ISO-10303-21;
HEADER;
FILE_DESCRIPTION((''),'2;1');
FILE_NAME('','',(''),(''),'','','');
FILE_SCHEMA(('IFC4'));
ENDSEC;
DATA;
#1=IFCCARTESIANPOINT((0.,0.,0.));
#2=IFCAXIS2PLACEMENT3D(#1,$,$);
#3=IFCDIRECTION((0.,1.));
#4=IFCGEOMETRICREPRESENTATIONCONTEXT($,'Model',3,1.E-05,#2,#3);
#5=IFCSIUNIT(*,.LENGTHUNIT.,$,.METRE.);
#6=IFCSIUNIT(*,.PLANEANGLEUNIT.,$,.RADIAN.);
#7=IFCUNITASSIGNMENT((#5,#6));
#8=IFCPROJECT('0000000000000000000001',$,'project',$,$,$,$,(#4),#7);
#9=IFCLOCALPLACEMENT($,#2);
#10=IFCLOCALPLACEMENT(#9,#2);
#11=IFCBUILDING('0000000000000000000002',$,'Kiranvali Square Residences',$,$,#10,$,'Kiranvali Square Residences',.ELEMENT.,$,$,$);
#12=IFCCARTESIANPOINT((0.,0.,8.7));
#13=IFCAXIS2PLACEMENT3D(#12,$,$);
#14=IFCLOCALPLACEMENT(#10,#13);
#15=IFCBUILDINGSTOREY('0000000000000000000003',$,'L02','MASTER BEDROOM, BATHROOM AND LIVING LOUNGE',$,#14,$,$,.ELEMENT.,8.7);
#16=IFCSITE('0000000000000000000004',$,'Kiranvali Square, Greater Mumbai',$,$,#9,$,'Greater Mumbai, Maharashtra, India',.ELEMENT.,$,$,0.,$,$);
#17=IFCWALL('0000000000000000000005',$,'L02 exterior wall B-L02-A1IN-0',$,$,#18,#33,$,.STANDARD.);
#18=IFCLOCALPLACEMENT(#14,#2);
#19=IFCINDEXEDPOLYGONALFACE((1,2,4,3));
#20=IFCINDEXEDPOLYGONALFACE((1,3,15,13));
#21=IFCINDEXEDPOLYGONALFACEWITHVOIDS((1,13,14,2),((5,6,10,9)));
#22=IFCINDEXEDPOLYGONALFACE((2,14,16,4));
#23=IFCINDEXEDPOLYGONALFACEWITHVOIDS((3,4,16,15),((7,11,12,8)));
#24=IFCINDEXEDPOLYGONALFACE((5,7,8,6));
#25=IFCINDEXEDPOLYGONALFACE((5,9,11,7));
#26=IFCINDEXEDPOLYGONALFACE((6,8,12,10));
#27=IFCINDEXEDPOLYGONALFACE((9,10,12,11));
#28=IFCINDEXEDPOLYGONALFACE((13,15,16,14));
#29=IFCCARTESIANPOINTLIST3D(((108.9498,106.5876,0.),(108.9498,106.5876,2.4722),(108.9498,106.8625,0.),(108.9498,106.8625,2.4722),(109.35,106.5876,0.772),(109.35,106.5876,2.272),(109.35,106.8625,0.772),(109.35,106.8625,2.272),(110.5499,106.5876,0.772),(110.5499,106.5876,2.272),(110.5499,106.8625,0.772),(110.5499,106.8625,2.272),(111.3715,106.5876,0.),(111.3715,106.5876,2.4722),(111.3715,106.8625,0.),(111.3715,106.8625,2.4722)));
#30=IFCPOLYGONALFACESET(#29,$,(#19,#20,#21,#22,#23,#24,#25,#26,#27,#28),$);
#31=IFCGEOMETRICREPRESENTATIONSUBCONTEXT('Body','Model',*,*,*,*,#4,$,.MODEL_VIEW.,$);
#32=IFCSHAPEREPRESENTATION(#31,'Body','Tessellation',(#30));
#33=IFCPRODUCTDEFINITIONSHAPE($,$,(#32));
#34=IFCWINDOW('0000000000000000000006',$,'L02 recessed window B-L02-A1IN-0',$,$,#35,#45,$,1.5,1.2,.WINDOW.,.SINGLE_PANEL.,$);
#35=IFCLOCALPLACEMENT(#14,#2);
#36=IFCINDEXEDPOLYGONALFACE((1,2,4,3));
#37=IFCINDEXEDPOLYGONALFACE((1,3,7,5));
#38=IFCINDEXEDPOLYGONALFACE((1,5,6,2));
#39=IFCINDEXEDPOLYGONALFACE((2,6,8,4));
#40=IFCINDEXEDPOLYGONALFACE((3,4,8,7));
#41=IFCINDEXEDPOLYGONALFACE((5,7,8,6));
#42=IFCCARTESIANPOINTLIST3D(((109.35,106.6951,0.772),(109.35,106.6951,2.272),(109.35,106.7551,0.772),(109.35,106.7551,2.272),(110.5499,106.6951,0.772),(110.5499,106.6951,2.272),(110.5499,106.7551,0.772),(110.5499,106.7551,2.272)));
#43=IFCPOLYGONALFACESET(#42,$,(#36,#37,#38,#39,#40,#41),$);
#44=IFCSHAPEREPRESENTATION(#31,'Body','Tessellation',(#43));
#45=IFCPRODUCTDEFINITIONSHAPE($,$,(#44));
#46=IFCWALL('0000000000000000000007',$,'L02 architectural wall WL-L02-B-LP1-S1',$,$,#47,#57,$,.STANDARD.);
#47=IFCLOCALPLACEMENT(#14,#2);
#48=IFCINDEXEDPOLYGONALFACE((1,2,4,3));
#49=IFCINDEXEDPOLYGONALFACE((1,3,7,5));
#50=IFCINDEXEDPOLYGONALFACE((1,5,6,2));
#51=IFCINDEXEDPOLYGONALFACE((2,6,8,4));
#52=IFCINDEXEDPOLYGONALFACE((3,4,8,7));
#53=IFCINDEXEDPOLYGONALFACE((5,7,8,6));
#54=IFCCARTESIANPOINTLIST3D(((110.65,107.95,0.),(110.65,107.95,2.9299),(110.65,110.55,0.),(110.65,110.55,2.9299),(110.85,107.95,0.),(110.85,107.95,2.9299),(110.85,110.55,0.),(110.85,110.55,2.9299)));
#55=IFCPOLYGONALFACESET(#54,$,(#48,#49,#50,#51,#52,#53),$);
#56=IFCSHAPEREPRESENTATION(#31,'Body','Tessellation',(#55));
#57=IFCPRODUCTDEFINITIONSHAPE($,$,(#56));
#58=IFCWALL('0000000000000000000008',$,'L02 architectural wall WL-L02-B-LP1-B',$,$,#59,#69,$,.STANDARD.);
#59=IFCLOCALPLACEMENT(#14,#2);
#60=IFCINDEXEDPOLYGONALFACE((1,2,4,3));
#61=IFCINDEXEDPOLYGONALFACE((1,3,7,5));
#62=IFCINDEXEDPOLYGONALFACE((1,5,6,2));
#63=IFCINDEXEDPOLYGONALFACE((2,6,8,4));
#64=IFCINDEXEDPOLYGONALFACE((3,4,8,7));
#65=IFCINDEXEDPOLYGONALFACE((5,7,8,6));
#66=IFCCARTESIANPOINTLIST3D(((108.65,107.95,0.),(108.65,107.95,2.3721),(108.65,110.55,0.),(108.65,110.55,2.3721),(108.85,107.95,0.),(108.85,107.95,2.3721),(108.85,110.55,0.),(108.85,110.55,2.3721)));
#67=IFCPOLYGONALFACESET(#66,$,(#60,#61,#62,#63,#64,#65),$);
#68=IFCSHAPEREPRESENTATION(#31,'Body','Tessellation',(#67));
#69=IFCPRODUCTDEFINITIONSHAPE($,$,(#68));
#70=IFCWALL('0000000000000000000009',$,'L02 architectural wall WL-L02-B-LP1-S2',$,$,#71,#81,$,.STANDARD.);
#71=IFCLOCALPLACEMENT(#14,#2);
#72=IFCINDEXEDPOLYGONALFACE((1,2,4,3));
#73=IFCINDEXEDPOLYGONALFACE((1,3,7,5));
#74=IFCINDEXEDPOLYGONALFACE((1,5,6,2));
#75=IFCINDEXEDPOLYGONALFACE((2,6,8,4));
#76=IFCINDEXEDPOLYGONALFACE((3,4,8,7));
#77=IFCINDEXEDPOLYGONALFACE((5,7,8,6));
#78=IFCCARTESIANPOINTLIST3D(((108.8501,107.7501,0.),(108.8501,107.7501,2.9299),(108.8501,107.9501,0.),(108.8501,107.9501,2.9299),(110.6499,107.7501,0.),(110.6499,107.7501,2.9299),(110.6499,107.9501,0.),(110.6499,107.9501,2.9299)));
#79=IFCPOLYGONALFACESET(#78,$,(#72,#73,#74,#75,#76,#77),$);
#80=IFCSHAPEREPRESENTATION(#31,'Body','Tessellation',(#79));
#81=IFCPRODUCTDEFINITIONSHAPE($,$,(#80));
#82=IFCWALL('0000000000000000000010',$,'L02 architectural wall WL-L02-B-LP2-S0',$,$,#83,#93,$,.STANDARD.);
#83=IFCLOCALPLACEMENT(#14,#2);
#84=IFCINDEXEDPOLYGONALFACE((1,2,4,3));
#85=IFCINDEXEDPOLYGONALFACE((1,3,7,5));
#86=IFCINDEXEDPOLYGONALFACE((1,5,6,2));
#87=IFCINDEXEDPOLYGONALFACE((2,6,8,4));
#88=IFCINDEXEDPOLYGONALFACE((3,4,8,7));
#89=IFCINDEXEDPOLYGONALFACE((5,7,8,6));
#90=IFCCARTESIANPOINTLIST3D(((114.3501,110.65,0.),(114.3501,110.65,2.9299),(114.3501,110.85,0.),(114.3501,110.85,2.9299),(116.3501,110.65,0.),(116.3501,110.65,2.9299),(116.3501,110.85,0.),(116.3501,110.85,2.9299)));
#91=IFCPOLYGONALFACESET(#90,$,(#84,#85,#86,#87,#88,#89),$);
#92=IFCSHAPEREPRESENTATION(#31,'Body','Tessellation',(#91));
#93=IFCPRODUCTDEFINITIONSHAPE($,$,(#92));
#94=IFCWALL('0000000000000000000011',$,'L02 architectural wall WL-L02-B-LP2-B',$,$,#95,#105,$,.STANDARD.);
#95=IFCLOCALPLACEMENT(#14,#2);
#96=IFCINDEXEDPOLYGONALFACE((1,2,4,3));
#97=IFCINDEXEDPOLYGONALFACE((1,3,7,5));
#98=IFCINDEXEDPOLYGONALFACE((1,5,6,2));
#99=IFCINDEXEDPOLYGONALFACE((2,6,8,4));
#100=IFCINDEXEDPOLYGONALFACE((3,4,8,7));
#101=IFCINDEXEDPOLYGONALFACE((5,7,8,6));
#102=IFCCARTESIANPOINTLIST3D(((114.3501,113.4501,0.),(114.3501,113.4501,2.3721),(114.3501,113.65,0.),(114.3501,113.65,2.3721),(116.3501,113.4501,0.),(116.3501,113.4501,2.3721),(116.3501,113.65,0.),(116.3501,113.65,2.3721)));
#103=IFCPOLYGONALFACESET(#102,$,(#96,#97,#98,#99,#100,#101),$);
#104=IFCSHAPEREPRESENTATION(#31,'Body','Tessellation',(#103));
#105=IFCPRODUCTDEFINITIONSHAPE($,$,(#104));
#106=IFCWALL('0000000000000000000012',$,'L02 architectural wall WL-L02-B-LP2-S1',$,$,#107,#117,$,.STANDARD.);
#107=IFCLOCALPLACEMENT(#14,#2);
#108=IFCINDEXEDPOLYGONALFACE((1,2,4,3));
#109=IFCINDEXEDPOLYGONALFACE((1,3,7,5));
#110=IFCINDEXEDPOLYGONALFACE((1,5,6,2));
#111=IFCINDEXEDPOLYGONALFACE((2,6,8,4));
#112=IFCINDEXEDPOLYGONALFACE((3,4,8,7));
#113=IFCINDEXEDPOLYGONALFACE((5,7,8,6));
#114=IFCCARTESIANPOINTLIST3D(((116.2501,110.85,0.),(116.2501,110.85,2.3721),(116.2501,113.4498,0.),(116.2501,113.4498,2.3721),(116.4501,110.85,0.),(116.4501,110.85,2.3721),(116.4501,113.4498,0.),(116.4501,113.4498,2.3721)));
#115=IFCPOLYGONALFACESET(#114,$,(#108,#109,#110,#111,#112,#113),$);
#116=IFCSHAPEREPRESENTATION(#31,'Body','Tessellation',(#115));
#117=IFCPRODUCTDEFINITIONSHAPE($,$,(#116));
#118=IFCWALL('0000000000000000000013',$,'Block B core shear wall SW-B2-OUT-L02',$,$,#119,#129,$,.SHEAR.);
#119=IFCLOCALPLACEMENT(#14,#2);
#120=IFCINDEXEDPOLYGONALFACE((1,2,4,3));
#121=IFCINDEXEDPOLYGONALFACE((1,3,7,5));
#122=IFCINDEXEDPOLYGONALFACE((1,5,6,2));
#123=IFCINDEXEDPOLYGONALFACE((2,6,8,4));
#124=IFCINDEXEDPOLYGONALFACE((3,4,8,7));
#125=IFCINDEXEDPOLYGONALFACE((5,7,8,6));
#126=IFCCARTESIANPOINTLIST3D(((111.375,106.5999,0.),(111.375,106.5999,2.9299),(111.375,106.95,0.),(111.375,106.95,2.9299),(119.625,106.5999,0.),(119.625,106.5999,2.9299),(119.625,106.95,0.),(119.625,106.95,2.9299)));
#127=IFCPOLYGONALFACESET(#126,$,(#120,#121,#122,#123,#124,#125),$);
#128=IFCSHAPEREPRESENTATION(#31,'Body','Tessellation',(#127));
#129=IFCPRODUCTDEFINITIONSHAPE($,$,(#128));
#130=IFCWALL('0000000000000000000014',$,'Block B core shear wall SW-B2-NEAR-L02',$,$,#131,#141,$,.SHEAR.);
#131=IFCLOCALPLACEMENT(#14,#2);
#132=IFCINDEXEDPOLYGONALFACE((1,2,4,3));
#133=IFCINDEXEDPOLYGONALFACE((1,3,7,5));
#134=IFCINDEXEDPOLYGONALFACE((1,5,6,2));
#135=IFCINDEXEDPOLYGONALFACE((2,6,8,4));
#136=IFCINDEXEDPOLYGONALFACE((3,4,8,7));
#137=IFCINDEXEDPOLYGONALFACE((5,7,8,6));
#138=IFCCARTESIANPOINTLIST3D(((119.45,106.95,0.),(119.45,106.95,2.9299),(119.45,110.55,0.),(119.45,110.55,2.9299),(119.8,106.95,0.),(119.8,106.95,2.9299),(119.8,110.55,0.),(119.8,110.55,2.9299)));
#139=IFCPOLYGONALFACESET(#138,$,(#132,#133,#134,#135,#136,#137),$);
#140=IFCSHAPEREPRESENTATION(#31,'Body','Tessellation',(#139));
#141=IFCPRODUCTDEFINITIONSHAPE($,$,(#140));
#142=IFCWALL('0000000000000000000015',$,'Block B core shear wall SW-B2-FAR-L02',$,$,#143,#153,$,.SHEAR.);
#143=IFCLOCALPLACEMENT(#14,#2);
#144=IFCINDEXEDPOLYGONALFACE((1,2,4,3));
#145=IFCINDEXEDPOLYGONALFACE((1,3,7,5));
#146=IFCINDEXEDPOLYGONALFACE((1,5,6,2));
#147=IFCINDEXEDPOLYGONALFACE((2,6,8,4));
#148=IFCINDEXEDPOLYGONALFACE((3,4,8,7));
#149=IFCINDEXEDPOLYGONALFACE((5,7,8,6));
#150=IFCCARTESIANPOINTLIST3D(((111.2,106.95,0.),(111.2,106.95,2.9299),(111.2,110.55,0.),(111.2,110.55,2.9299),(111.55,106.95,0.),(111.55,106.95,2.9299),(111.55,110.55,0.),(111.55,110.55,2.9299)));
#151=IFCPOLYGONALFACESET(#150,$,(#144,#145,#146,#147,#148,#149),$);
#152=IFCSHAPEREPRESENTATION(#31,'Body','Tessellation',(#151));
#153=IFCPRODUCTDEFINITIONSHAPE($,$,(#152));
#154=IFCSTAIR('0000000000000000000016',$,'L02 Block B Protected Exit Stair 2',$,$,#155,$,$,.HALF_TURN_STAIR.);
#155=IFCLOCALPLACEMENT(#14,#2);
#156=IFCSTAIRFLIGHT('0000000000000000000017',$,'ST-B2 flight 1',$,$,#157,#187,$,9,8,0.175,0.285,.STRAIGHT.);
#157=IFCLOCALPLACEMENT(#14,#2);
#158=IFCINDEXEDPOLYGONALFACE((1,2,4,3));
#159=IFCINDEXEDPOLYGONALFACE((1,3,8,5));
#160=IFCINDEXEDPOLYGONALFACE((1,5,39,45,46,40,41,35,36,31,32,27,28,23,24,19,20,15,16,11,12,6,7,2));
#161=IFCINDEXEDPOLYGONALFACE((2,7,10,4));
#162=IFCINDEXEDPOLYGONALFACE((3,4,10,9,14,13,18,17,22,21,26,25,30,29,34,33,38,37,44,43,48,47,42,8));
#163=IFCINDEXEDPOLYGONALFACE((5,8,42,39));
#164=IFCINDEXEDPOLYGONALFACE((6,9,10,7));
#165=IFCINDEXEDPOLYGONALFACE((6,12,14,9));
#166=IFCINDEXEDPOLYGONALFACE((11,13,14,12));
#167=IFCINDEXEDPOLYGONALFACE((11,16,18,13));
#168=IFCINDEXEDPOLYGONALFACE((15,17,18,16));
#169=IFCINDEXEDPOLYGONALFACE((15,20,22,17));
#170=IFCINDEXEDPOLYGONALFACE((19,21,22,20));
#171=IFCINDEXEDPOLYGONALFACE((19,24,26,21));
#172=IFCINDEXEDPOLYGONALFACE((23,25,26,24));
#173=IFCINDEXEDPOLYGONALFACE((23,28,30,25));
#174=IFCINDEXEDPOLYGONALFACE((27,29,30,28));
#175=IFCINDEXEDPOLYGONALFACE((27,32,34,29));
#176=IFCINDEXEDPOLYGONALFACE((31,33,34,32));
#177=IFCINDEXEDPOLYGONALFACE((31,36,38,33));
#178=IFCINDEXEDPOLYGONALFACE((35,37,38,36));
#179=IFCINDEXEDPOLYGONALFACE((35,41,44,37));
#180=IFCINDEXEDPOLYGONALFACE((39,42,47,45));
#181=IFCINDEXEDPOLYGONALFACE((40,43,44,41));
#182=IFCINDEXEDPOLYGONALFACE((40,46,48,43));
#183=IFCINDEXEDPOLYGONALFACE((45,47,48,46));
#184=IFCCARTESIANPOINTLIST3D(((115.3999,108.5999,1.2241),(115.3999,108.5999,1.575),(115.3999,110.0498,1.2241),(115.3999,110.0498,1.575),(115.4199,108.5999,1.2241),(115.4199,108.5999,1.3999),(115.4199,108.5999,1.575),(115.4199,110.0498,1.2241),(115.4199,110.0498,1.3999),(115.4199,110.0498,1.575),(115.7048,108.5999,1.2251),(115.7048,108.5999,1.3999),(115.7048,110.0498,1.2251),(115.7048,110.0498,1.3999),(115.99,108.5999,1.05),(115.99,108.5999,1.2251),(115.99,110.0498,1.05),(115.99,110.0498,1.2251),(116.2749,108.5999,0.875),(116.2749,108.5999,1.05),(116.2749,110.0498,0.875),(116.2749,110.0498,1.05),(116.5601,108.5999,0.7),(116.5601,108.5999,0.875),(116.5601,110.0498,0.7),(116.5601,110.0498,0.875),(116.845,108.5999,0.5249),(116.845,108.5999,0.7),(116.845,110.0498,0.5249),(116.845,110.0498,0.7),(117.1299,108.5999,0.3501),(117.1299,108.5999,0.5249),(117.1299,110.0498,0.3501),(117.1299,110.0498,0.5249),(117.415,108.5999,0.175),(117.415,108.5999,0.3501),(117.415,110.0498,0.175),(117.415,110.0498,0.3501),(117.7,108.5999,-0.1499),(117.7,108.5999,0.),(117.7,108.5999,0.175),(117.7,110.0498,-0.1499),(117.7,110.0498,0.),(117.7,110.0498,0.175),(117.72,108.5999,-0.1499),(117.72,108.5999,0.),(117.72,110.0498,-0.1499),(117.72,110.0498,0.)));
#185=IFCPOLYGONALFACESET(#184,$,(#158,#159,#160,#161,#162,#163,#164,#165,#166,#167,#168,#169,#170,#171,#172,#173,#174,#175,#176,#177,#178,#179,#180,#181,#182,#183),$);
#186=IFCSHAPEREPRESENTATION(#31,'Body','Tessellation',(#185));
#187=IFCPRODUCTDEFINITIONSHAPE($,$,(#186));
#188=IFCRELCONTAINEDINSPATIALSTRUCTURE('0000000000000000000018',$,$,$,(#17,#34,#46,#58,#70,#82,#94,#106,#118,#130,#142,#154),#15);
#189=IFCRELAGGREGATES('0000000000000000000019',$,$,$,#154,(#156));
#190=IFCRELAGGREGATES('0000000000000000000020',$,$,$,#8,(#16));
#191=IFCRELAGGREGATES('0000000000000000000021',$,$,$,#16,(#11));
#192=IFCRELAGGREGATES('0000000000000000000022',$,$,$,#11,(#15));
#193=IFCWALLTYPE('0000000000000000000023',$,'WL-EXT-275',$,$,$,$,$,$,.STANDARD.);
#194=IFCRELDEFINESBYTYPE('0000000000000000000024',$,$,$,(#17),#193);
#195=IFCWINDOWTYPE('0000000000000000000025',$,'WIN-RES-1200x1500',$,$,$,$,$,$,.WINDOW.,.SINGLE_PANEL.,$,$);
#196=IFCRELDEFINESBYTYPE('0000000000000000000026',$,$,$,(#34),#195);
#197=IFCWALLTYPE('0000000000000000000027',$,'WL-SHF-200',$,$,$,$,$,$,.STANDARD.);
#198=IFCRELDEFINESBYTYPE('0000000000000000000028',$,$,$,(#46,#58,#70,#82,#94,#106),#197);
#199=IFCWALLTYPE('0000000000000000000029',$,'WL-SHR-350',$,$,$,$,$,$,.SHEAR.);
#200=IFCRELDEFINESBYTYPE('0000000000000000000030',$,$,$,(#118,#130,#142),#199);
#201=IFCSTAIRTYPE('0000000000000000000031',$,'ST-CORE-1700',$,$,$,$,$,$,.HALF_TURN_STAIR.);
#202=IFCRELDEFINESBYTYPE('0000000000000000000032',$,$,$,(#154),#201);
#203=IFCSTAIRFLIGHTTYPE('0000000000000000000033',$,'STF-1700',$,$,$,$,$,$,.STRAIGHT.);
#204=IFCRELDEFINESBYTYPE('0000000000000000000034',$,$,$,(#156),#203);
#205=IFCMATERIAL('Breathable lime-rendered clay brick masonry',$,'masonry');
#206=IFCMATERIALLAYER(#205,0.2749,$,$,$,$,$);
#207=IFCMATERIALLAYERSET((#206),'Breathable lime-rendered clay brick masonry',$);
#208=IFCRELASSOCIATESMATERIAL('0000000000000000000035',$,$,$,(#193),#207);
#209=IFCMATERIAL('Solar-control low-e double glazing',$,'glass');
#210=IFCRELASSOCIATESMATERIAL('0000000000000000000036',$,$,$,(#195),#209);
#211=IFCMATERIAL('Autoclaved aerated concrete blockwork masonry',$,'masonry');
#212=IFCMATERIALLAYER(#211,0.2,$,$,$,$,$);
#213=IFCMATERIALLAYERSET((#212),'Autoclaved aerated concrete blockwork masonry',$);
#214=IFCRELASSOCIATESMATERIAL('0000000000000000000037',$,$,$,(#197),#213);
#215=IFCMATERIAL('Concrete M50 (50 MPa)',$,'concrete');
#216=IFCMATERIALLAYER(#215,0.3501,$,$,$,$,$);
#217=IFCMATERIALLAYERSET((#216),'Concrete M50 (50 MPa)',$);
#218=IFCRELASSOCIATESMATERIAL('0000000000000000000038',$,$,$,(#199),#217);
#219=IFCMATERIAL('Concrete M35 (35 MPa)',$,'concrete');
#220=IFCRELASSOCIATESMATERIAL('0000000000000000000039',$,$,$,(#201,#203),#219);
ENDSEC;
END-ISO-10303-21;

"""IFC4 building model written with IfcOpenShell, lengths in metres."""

from ifc_helpers import new_model, si_unit, direction, frame, frame_2d, origin, place, context, subcontext, project, spatial, polyline, rectangle, outline, extrude, material, layer, layer_set, type_object, element, fill, aggregate, save


model = new_model("IFC4")

# Units and contexts
model_context = context("Model", 3, precision=1e-05, world=origin(), true_north=direction((0.0, 1.0)))
body_context = subcontext(model_context, "Body", "Model", "MODEL_VIEW")
ifc_project = project(units=[si_unit("LENGTHUNIT", "METRE"), si_unit("PLANEANGLEUNIT", "RADIAN")], contexts=[model_context])

# Site, building, storey
site_placement = place(None, origin())
site = spatial("IfcSite", under=ifc_project, at=site_placement, Name="Kiranvali Square, Greater Mumbai", LongName="Greater Mumbai, Maharashtra, India", CompositionType="ELEMENT", RefElevation=0.0)
building_placement = place(site_placement, origin())
building = spatial("IfcBuilding", under=site, at=building_placement, Name="Kiranvali Square Residences", LongName="Kiranvali Square Residences", CompositionType="ELEMENT")
storey_placement = place(building_placement, frame((0.0, 0.0, 8.7)))
storey = spatial("IfcBuildingStorey", under=building, at=storey_placement, Name="L02", Description="MASTER BEDROOM, BATHROOM AND LIVING LOUNGE", CompositionType="ELEMENT", Elevation=8.7)

# Shared definitions
ifc_material_1 = material(Name="Autoclaved aerated concrete blockwork masonry", Category="masonry")

# Wall, opening, window
ifc_material_2 = material(Name="Breathable lime-rendered clay brick masonry", Category="masonry")
ifc_layer_1 = layer(ifc_material_2, 0.2749)
ifc_layer_set_1 = layer_set([ifc_layer_1], Name="Breathable lime-rendered clay brick masonry")
wall_type_1 = type_object("IfcWallType", Name="WL-EXT-275", PredefinedType="STANDARD", material=ifc_layer_set_1)
wall_1_placement = place(storey_placement, frame((111.3716, 106.7251, 0.0), z_axis=(0.0, 0.0, 1.0), x_axis=(-1.0, 0.0, 0.0)))
wall_1 = element("IfcWall", 1, at=wall_1_placement, inside=storey, type_object=wall_type_1, Name="L02 exterior wall B-L02-A1IN-0", PredefinedType="STANDARD", context=body_context, shape_type="SweptSolid", body=[
    extrude(rectangle(XDim=2.4216, YDim=0.2749, at=frame_2d((1.2109, 0.0))), origin(), (0.0, 0.0, 1.0), 2.4722),
])
opening_1_placement = place(wall_1_placement, frame((0.8215, 0.0, 0.772)))
opening_1 = element("IfcOpeningElement", 2, at=opening_1_placement, cuts=wall_1, PredefinedType="OPENING", context=body_context, shape_type="SweptSolid", body=[
    extrude(rectangle(XDim=1.2, YDim=1.5, at=frame_2d((0.6001, 0.75))), frame((0.0, 0.1475, 0.0), z_axis=(0.0, -1.0, 0.0), x_axis=(1.0, 0.0, 0.0)), (0.0, 0.0, 1.0), 0.2949),
])
ifc_material_3 = material(Name="Solar-control low-e double glazing", Category="glass")
window_type = type_object("IfcWindowType", Name="WIN-RES-1200x1500", PartitioningType="SINGLE_PANEL", PredefinedType="WINDOW", material=ifc_material_3)
window_placement = place(opening_1_placement, origin())
window = element("IfcWindow", 3, at=window_placement, inside=storey, type_object=window_type, Name="L02 recessed window B-L02-A1IN-0", OverallHeight=1.5, OverallWidth=1.2, PartitioningType="SINGLE_PANEL", PredefinedType="WINDOW", context=body_context, shape_type="SweptSolid", body=[
    extrude(rectangle(XDim=1.2, YDim=1.5, at=frame_2d((0.6001, 0.75))), frame((0.0, 0.03, 0.0), z_axis=(0.0, -1.0, 0.0), x_axis=(1.0, 0.0, 0.0)), (0.0, 0.0, 1.0), 0.0601),
])
fill(opening_1, window)

# Walls
ifc_layer_2 = layer(ifc_material_1, 0.2)
ifc_layer_set_2 = layer_set([ifc_layer_2], Name="Autoclaved aerated concrete blockwork masonry")
wall_type_2 = type_object("IfcWallType", Name="WL-SHF-200", PredefinedType="STANDARD", material=ifc_layer_set_2)
wall_2_placement = place(storey_placement, frame((110.75, 107.95, 0.0), z_axis=(0.0, 0.0, 1.0), x_axis=(0.0, 1.0, 0.0)))
element("IfcWall", 4, at=wall_2_placement, inside=storey, type_object=wall_type_2, Name="L02 architectural wall WL-L02-B-LP1-S1", PredefinedType="STANDARD", context=body_context, shape_type="SweptSolid", body=[
    extrude(rectangle(XDim=2.6001, YDim=0.2, at=frame_2d((1.3, 0.0))), origin(), (0.0, 0.0, 1.0), 2.9299),
])
wall_3_placement = place(storey_placement, frame((108.75, 107.95, 0.0), z_axis=(0.0, 0.0, 1.0), x_axis=(0.0, 1.0, 0.0)))
element("IfcWall", 5, at=wall_3_placement, inside=storey, type_object=wall_type_2, Name="L02 architectural wall WL-L02-B-LP1-B", PredefinedType="STANDARD", context=body_context, shape_type="SweptSolid", body=[
    extrude(rectangle(XDim=2.6001, YDim=0.2, at=frame_2d((1.3, 0.0))), origin(), (0.0, 0.0, 1.0), 2.3721),
])
wall_4_placement = place(storey_placement, frame((110.6499, 107.8501, 0.0), z_axis=(0.0, 0.0, 1.0), x_axis=(-1.0, 0.0, 0.0)))
element("IfcWall", 6, at=wall_4_placement, inside=storey, type_object=wall_type_2, Name="L02 architectural wall WL-L02-B-LP1-S2", PredefinedType="STANDARD", context=body_context, shape_type="SweptSolid", body=[
    extrude(rectangle(XDim=1.7998, YDim=0.2, at=frame_2d((0.8999, 0.0))), origin(), (0.0, 0.0, 1.0), 2.9299),
])

# Walls
wall_5_placement = place(storey_placement, frame((116.3501, 110.75, 0.0), z_axis=(0.0, 0.0, 1.0), x_axis=(-1.0, 0.0, 0.0)))
element("IfcWall", 7, at=wall_5_placement, inside=storey, type_object=wall_type_2, Name="L02 architectural wall WL-L02-B-LP2-S0", PredefinedType="STANDARD", context=body_context, shape_type="SweptSolid", body=[
    extrude(rectangle(XDim=2.0, YDim=0.2, at=frame_2d((1.0, 0.0))), origin(), (0.0, 0.0, 1.0), 2.9299),
])
wall_6_placement = place(storey_placement, frame((116.3501, 113.55, 0.0), z_axis=(0.0, 0.0, 1.0), x_axis=(-1.0, 0.0, 0.0)))
element("IfcWall", 8, at=wall_6_placement, inside=storey, type_object=wall_type_2, Name="L02 architectural wall WL-L02-B-LP2-B", PredefinedType="STANDARD", context=body_context, shape_type="SweptSolid", body=[
    extrude(rectangle(XDim=2.0, YDim=0.2, at=frame_2d((1.0, 0.0))), origin(), (0.0, 0.0, 1.0), 2.3721),
])
wall_7_placement = place(storey_placement, frame((116.3501, 110.8501, 0.0), z_axis=(0.0, 0.0, 1.0), x_axis=(0.0, 1.0, 0.0)))
element("IfcWall", 9, at=wall_7_placement, inside=storey, type_object=wall_type_2, Name="L02 architectural wall WL-L02-B-LP2-S1", PredefinedType="STANDARD", context=body_context, shape_type="SweptSolid", body=[
    extrude(rectangle(XDim=2.5999, YDim=0.2, at=frame_2d((1.2998, 0.0))), origin(), (0.0, 0.0, 1.0), 2.3721),
])

# Wall
ifc_material_4 = material(Name="Concrete M50 (50 MPa)", Category="concrete")
ifc_layer_3 = layer(ifc_material_4, 0.3501)
ifc_layer_set_3 = layer_set([ifc_layer_3], Name="Concrete M50 (50 MPa)")
wall_type_3 = type_object("IfcWallType", Name="WL-SHR-350", PredefinedType="SHEAR", material=ifc_layer_set_3)
wall_8_placement = place(storey_placement, frame((119.625, 106.7749, 0.0), z_axis=(0.0, 0.0, 1.0), x_axis=(-1.0, 0.0, 0.0)))
element("IfcWall", 10, at=wall_8_placement, inside=storey, type_object=wall_type_3, Name="Block B core shear wall SW-B2-OUT-L02", PredefinedType="SHEAR", context=body_context, shape_type="SweptSolid", body=[
    extrude(rectangle(XDim=8.25, YDim=0.3501, at=frame_2d((4.125, 0.0))), origin(), (0.0, 0.0, 1.0), 2.9299),
])

# Walls
for number, where, z_axis, x_axis, name in (
    (11, (119.625, 106.95, 0.0), (0.0, 0.0, 1.0), (0.0, 1.0, 0.0), "Block B core shear wall SW-B2-NEAR-L02"),
    (12, (111.375, 106.95, 0.0), (0.0, 0.0, 1.0), (0.0, 1.0, 0.0), "Block B core shear wall SW-B2-FAR-L02"),
):
    element("IfcWall", number, at=place(storey_placement, frame(where, z_axis=z_axis, x_axis=x_axis)), inside=storey, type_object=wall_type_3, Name=name, PredefinedType="SHEAR", context=body_context, shape_type="SweptSolid", body=[
        extrude(rectangle(XDim=3.6001, YDim=0.3501, at=frame_2d((1.8, 0.0))), origin(), (0.0, 0.0, 1.0), 2.9299),
    ])

# Stair, stair flight
ifc_material_5 = material(Name="Concrete M35 (35 MPa)", Category="concrete")
stair_type = type_object("IfcStairType", Name="ST-CORE-1700", PredefinedType="HALF_TURN_STAIR", material=ifc_material_5)
stair_placement = place(storey_placement, origin())
stair = element("IfcStair", 13, at=stair_placement, inside=storey, type_object=stair_type, Name="L02 Block B Protected Exit Stair 2", PredefinedType="HALF_TURN_STAIR")
stair_flight_type = type_object("IfcStairFlightType", Name="STF-1700", PredefinedType="STRAIGHT", material=ifc_material_5)
stair_flight_1_placement = place(storey_placement, frame((117.7, 109.325, 0.0), z_axis=(0.0, 0.0, 1.0), x_axis=(-1.0, 0.0, 0.0)))
stair_flight_1 = element("IfcStairFlight", 14, at=stair_flight_1_placement, type_object=stair_flight_type, Name="ST-B2 flight 1", NumberOfRisers=9, NumberOfTreads=8, PredefinedType="STRAIGHT", RiserHeight=0.175, TreadLength=0.285, context=body_context, shape_type="SweptSolid", body=[
    extrude(outline(polyline([(-0.02, -0.1499), (-0.02, 0.0), (0.0, 0.0), (0.0, 0.175), (0.2849, 0.175), (0.2849, 0.3501), (0.5701, 0.3501), (0.5701, 0.5249), (0.855, 0.5249), (0.855, 0.7), (1.1399, 0.7), (1.1399, 0.875), (1.425, 0.875), (1.425, 1.05), (1.71, 1.05), (1.71, 1.2251), (1.9951, 1.2251), (1.9951, 1.3999), (2.28, 1.3999), (2.28, 1.575), (2.3, 1.575), (2.3, 1.2241), (2.28, 1.2241), (0.0, -0.1499), (-0.02, -0.1499)])), frame((0.0, 0.7251, 0.0), z_axis=(0.0, -1.0, 0.0), x_axis=(1.0, 0.0, 0.0)), (0.0, 0.0, 1.0), 1.45),
])
aggregate(stair, [stair_flight_1])

save(model, "model.ifc")
